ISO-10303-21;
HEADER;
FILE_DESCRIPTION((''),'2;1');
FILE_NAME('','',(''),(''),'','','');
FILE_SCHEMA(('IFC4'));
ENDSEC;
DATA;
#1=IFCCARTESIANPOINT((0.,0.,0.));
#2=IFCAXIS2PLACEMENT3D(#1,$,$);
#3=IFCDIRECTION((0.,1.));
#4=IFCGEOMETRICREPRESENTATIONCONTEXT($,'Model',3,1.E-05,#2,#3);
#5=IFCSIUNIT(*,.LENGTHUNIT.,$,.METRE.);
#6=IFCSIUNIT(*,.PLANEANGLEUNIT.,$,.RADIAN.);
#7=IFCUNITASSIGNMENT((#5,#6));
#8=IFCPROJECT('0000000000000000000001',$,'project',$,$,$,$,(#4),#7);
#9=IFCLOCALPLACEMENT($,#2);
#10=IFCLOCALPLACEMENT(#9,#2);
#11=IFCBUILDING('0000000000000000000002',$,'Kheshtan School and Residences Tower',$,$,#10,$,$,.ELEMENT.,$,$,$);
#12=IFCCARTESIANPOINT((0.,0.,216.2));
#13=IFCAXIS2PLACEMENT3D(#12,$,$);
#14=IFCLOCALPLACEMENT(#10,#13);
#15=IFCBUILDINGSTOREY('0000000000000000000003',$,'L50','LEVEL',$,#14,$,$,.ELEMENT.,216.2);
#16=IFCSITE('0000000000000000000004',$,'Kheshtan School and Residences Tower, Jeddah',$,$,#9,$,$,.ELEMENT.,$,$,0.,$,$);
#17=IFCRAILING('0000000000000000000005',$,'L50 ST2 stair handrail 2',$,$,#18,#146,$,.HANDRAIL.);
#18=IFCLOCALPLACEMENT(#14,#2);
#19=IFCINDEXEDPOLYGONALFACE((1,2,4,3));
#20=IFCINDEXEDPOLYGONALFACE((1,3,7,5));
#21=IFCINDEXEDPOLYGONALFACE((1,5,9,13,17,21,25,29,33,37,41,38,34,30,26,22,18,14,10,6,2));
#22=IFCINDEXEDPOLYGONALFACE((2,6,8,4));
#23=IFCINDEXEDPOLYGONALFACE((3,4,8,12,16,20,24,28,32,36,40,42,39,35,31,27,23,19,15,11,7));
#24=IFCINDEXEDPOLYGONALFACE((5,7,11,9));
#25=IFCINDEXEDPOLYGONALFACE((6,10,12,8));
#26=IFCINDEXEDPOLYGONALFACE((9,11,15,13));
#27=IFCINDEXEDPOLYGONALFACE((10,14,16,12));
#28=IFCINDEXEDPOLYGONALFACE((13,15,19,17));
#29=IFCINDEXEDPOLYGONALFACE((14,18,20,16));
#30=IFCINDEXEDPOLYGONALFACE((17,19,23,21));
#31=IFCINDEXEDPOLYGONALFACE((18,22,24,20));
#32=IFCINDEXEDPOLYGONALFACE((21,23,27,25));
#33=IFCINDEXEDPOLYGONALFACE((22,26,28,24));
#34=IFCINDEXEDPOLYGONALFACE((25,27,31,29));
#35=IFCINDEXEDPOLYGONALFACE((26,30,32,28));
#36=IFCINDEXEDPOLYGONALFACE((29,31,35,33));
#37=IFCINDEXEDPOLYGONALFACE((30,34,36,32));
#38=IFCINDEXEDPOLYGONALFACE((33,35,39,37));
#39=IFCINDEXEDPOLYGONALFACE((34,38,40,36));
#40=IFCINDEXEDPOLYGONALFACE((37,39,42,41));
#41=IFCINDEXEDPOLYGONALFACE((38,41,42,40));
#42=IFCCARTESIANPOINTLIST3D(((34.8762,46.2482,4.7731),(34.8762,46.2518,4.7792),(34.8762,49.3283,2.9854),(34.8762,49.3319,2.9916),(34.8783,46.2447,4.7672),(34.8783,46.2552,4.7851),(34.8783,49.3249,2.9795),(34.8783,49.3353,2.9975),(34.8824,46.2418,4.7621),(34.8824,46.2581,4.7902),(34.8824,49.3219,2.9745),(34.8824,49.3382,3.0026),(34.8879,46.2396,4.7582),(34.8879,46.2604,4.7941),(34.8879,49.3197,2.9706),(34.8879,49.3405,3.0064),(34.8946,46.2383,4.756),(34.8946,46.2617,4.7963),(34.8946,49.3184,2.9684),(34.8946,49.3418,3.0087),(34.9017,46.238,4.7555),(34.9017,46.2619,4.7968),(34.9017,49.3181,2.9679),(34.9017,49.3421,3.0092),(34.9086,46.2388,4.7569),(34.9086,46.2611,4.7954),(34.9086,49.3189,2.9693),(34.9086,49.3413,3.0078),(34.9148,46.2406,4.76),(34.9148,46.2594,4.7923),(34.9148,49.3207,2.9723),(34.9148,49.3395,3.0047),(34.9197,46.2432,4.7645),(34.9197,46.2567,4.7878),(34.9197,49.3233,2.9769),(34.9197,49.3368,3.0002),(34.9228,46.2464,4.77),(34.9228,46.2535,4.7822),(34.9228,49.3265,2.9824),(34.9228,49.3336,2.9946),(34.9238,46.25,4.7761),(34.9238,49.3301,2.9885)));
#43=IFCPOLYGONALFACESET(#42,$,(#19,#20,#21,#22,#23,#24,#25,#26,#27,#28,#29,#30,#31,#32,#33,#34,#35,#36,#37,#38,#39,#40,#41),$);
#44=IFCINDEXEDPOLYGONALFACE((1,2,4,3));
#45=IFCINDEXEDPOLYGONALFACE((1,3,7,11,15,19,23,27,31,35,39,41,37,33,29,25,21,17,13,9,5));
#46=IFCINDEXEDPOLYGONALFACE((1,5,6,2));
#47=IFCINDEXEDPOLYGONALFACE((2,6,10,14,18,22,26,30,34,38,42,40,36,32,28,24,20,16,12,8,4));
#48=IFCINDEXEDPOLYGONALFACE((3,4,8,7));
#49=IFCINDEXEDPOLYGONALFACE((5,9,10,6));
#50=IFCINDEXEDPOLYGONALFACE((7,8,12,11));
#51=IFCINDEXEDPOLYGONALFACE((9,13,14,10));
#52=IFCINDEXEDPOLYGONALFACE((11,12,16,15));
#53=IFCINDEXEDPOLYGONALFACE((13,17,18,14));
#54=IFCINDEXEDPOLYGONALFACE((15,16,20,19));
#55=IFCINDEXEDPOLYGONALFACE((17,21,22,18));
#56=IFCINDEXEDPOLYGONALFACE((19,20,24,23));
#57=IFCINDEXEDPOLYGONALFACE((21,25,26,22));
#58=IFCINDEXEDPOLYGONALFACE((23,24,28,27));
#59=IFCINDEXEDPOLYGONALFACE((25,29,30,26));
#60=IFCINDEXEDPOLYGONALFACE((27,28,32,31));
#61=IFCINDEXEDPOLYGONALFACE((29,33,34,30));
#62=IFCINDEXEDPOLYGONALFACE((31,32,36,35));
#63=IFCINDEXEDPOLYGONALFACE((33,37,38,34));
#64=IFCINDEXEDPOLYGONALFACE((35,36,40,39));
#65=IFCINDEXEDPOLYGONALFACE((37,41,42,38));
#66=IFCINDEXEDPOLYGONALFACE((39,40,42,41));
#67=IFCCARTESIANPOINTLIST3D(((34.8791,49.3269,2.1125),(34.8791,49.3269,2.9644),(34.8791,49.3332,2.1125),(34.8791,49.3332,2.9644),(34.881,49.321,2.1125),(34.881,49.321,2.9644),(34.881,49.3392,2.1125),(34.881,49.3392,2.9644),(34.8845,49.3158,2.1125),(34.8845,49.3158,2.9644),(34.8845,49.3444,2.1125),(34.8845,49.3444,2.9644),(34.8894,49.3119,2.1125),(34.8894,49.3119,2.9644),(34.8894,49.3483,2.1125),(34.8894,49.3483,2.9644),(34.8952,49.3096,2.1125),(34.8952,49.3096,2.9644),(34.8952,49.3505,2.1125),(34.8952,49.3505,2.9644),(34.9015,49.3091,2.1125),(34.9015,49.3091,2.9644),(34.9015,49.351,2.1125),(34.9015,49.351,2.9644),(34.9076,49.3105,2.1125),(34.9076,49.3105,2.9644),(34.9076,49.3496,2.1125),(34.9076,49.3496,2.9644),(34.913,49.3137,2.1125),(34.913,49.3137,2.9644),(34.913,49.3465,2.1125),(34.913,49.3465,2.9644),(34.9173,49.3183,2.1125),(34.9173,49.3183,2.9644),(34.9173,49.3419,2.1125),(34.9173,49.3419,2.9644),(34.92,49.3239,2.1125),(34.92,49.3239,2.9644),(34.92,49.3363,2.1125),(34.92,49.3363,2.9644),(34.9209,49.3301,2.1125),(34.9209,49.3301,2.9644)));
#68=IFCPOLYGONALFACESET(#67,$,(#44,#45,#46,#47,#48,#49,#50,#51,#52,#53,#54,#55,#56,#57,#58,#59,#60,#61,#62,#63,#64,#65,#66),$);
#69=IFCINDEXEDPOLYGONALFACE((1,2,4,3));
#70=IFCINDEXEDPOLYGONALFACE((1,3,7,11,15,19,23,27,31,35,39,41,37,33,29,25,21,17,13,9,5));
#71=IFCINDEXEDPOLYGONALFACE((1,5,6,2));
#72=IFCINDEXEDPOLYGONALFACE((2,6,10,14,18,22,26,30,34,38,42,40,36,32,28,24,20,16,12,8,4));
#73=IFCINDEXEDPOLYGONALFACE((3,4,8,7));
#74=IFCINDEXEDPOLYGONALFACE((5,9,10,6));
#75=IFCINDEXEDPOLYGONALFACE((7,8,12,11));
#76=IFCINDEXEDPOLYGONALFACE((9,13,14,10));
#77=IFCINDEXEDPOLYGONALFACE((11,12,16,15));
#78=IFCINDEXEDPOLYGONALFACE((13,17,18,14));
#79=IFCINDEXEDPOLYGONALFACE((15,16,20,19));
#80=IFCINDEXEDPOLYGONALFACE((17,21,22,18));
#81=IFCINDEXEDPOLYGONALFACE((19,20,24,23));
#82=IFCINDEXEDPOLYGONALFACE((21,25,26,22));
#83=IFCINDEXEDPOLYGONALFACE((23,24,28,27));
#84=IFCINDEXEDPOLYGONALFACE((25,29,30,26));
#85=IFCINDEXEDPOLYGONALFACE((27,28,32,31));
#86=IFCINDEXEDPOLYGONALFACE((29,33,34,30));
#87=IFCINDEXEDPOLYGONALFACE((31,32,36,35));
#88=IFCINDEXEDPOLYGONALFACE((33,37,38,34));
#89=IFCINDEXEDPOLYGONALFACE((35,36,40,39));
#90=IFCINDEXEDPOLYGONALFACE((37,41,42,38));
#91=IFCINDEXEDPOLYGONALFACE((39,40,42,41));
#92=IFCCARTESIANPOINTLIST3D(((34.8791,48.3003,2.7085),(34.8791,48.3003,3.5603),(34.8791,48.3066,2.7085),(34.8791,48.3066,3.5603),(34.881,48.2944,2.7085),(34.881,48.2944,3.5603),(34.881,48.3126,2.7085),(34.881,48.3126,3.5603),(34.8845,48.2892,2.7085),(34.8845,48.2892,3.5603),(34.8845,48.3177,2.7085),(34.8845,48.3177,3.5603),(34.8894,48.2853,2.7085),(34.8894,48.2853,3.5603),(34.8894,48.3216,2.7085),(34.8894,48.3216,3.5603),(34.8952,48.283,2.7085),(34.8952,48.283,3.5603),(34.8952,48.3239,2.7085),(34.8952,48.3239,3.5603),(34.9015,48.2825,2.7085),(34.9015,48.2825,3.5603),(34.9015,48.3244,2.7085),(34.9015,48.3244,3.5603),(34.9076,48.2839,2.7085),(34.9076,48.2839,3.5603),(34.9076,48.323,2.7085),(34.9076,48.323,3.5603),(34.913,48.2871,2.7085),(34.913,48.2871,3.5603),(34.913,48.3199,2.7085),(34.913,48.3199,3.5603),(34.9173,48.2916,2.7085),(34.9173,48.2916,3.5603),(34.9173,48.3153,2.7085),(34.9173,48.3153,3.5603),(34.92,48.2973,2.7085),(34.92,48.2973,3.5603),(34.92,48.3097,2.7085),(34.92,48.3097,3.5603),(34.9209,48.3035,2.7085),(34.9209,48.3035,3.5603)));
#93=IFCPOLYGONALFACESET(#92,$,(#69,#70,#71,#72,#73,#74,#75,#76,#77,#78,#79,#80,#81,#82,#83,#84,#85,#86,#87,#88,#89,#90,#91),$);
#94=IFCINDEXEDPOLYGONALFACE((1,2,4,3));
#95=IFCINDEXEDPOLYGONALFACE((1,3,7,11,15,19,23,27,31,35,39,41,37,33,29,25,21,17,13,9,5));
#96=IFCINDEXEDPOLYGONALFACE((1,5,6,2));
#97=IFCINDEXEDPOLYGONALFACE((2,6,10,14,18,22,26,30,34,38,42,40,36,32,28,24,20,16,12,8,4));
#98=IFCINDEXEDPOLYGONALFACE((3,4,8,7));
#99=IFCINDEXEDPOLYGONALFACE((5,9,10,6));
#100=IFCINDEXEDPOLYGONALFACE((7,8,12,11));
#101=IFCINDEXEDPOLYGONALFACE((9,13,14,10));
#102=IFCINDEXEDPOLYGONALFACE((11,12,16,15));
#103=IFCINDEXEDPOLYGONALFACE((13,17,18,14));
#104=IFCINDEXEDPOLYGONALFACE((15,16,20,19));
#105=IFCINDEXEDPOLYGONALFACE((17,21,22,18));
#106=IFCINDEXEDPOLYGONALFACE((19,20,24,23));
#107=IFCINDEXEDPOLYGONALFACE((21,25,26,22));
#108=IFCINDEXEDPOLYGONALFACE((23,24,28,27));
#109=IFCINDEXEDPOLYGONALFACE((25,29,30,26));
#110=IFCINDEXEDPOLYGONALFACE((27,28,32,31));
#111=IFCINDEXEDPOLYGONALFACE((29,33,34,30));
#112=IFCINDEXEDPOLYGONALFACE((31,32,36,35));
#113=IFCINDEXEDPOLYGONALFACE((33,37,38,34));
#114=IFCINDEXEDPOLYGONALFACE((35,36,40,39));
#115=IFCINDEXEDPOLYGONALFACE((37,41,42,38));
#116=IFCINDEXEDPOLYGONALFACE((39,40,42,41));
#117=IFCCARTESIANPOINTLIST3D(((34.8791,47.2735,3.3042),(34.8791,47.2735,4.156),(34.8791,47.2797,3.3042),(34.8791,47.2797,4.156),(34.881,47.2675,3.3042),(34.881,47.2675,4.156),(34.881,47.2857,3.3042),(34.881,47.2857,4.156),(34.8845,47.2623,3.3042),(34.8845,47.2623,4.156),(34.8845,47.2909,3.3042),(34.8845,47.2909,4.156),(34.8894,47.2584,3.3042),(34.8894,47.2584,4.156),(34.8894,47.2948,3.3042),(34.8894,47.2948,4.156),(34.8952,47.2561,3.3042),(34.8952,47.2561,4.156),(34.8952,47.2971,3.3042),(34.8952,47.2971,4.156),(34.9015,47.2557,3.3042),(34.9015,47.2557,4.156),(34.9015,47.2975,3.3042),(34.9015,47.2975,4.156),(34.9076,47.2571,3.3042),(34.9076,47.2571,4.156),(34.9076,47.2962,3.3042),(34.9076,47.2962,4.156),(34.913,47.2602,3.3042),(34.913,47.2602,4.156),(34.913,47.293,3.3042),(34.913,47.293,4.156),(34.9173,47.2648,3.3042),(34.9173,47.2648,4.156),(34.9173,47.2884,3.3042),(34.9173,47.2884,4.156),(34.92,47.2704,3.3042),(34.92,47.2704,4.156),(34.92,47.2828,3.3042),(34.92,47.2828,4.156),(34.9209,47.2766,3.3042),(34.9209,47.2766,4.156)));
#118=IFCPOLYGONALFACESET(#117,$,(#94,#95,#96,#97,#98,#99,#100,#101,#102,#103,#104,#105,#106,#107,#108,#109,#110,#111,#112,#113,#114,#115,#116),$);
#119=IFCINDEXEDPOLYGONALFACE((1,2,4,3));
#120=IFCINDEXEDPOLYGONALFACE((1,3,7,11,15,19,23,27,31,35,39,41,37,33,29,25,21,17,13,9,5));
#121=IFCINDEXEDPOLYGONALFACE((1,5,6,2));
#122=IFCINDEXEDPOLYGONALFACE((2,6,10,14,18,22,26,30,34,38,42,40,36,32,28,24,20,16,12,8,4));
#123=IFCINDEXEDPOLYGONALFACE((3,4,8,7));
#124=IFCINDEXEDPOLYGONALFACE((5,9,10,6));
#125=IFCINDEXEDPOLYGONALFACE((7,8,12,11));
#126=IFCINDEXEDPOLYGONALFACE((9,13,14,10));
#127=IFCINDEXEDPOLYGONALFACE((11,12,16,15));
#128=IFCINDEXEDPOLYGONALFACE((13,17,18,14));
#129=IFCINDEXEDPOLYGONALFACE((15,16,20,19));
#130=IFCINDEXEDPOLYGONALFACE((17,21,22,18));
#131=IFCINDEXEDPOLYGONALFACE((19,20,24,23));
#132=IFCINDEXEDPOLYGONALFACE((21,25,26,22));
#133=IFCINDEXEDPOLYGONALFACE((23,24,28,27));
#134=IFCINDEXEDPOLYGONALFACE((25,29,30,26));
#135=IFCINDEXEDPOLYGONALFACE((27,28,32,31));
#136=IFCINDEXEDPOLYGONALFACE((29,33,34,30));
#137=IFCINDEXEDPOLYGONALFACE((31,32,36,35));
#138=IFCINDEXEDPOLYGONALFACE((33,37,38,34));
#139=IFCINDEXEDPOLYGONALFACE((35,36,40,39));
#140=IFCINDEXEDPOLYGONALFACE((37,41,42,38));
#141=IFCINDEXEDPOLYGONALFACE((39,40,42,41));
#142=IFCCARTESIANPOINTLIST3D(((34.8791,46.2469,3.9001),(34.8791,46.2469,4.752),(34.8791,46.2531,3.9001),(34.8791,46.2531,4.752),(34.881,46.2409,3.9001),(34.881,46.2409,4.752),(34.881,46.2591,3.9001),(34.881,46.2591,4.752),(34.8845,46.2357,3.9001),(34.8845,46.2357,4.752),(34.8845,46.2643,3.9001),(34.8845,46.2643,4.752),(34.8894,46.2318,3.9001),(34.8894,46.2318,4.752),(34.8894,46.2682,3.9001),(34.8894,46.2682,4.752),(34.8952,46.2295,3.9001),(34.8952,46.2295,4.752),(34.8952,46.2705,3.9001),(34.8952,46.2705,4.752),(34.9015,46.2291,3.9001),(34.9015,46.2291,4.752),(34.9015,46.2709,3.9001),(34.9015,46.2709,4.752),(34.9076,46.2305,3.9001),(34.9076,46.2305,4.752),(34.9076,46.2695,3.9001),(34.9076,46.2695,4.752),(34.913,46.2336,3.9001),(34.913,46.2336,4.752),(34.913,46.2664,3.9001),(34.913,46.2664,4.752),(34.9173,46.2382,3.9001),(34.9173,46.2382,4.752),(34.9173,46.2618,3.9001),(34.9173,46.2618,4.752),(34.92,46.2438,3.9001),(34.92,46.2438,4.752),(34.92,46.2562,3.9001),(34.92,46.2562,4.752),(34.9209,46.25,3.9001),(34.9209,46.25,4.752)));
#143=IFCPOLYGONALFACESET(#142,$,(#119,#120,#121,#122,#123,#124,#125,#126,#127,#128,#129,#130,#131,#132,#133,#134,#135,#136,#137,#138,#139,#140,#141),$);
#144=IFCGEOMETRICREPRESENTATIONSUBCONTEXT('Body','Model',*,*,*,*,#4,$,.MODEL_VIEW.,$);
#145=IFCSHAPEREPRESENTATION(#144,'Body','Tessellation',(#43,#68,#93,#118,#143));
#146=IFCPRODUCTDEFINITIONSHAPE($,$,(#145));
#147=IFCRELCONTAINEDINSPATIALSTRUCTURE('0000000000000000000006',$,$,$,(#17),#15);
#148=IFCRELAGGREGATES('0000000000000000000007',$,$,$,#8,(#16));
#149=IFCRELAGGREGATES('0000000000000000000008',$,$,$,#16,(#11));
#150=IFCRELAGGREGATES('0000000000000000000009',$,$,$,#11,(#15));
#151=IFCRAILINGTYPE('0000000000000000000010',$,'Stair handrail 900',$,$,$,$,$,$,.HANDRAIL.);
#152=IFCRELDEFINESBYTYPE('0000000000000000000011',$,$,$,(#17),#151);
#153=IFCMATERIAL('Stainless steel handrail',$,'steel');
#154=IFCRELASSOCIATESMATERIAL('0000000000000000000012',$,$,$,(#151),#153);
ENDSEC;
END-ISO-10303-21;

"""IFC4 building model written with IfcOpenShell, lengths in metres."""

from ifc_helpers import new_model, si_unit, direction, frame, origin, origin_2d, place, context, subcontext, project, spatial, circle, extrude, material, type_object, element, save


model = new_model("IFC4")

# Units and contexts
model_context = context("Model", 3, precision=1e-05, world=origin(), true_north=direction((0.0, 1.0)))
body_context = subcontext(model_context, "Body", "Model", "MODEL_VIEW")
ifc_project = project(units=[si_unit("LENGTHUNIT", "METRE"), si_unit("PLANEANGLEUNIT", "RADIAN")], contexts=[model_context])

# Site, building, storey
site_placement = place(None, origin())
site = spatial("IfcSite", under=ifc_project, at=site_placement, Name="Kheshtan School and Residences Tower, Jeddah", CompositionType="ELEMENT", RefElevation=0.0)
building_placement = place(site_placement, origin())
building = spatial("IfcBuilding", under=site, at=building_placement, Name="Kheshtan School and Residences Tower", CompositionType="ELEMENT")
storey_placement = place(building_placement, frame((0.0, 0.0, 216.2)))
storey = spatial("IfcBuildingStorey", under=building, at=storey_placement, Name="L50", Description="LEVEL", CompositionType="ELEMENT", Elevation=216.2)

# Railing
ifc_material_1 = material(Name="Stainless steel handrail", Category="steel")
railing_type_1 = type_object("IfcRailingType", Name="Stair handrail 900", PredefinedType="HANDRAIL", material=ifc_material_1)
railing_1_placement = place(storey_placement, frame((34.8999, 49.3301, 2.1125)))
element("IfcRailing", 1, at=railing_1_placement, inside=storey, type_object=railing_type_1, Name="L50 ST2 stair handrail 2", PredefinedType="HANDRAIL", context=body_context, shape_type="SweptSolid", body=[
    extrude(circle(Radius=0.0239, at=origin_2d()), frame((0.0, 0.0, 0.876), z_axis=(0.0, -0.864891, 0.50196), x_axis=(1.0, 0.0, 0.0)), (0.0, 0.0, 1.0), 3.5613),
    extrude(circle(Radius=0.021, at=origin_2d()), origin(), (0.0, 0.0, 1.0), 0.8518),
    extrude(circle(Radius=0.021, at=origin_2d()), frame((0.0, -1.0266, 0.5959)), (0.0, 0.0, 1.0), 0.8518),
    extrude(circle(Radius=0.021, at=origin_2d()), frame((0.0, -2.0535, 1.1917)), (0.0, 0.0, 1.0), 0.8518),
    extrude(circle(Radius=0.021, at=origin_2d()), frame((0.0, -3.0801, 1.7876)), (0.0, 0.0, 1.0), 0.8518),
])

save(model, "model.ifc")
